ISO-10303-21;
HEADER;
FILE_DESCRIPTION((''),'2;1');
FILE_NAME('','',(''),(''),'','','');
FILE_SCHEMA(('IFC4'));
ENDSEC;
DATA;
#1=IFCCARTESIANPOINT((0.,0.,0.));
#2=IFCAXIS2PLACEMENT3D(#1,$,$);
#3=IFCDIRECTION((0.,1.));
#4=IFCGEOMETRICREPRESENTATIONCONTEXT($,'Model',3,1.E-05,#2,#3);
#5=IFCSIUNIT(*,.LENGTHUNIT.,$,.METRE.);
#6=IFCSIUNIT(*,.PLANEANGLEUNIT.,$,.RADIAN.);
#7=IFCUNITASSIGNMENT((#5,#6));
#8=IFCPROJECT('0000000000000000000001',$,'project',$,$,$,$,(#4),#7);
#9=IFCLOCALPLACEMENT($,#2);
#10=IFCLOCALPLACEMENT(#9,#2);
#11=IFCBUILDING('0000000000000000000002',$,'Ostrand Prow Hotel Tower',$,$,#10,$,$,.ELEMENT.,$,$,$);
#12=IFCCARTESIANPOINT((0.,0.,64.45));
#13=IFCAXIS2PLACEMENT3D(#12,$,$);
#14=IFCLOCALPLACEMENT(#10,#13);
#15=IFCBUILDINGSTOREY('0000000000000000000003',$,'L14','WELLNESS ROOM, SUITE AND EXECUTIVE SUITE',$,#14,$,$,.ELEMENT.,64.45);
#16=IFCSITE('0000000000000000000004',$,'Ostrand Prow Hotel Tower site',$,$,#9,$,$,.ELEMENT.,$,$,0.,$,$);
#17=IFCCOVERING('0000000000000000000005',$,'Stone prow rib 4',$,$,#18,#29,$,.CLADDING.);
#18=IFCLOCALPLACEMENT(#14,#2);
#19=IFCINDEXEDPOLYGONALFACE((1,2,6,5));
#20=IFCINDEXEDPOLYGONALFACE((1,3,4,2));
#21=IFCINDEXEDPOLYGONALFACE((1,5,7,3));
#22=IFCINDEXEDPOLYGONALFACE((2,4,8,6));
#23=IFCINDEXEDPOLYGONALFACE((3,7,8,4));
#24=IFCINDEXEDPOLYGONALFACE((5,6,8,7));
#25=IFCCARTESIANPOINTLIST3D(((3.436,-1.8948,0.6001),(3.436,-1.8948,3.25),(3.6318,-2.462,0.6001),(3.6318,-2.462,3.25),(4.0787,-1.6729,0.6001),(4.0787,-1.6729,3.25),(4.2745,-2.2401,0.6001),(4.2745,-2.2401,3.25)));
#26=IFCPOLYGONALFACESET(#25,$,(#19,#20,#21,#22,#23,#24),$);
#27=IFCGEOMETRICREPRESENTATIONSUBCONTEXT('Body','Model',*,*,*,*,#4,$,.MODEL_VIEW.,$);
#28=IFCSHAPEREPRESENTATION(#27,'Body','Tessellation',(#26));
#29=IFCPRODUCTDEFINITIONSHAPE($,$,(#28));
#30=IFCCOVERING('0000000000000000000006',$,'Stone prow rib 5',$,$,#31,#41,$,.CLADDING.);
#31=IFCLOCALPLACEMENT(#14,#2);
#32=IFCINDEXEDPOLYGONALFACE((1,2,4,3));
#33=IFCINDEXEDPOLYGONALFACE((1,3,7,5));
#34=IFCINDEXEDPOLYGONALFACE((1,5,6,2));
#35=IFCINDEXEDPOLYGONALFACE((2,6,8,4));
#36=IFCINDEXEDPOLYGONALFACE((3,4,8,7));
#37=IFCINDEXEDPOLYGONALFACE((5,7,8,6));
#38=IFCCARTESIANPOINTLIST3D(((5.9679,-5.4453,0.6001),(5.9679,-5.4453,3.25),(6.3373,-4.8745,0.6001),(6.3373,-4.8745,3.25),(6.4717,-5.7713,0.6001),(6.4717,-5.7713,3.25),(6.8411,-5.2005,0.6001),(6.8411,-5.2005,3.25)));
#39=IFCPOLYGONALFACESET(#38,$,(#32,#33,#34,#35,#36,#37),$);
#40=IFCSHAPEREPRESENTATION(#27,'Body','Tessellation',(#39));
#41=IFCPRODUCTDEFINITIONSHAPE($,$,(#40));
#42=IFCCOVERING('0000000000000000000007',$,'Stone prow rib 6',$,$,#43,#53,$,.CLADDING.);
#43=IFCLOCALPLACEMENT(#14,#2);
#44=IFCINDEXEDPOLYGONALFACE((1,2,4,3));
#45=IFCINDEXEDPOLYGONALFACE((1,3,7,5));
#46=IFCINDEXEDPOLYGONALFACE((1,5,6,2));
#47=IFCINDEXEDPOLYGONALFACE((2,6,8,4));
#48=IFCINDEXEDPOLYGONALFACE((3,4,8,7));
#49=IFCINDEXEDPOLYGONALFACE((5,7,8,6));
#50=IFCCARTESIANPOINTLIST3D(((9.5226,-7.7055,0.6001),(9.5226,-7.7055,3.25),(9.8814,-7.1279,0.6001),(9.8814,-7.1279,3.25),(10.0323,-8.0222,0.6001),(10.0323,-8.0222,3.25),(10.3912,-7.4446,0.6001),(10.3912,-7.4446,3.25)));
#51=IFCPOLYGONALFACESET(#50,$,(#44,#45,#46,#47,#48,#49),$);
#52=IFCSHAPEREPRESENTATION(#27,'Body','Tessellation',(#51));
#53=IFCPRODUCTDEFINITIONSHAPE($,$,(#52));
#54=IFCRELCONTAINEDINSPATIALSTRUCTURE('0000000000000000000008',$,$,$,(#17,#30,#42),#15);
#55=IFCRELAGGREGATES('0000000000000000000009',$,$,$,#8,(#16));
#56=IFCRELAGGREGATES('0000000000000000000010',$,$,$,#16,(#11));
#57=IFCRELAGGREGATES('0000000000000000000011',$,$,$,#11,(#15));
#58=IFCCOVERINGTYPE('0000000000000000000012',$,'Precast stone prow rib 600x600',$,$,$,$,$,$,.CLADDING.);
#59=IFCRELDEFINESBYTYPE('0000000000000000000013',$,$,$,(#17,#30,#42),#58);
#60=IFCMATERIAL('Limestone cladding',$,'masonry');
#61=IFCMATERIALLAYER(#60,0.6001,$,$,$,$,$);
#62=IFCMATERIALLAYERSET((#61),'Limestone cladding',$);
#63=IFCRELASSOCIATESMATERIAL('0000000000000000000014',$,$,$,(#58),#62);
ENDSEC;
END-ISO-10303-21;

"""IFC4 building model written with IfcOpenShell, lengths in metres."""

from ifc_helpers import new_model, si_unit, direction, frame, frame_2d, origin, place, context, subcontext, project, spatial, rectangle, extrude, material, layer, layer_set, type_object, element, save


model = new_model("IFC4")

# Units and contexts
model_context = context("Model", 3, precision=1e-05, world=origin(), true_north=direction((0.0, 1.0)))
body_context = subcontext(model_context, "Body", "Model", "MODEL_VIEW")
ifc_project = project(units=[si_unit("LENGTHUNIT", "METRE"), si_unit("PLANEANGLEUNIT", "RADIAN")], contexts=[model_context])

# Site, building, storey
site_placement = place(None, origin())
site = spatial("IfcSite", under=ifc_project, at=site_placement, Name="Ostrand Prow Hotel Tower site", CompositionType="ELEMENT", RefElevation=0.0)
building_placement = place(site_placement, origin())
building = spatial("IfcBuilding", under=site, at=building_placement, Name="Ostrand Prow Hotel Tower", CompositionType="ELEMENT")
storey_placement = place(building_placement, frame((0.0, 0.0, 64.45)))
storey = spatial("IfcBuildingStorey", under=building, at=storey_placement, Name="L14", Description="WELLNESS ROOM, SUITE AND EXECUTIVE SUITE", CompositionType="ELEMENT", Elevation=64.45)

# Coverings
ifc_material_1 = material(Name="Limestone cladding", Category="masonry")
ifc_layer_1 = layer(ifc_material_1, 0.6001)
ifc_layer_set_1 = layer_set([ifc_layer_1], Name="Limestone cladding")
covering_type_1 = type_object("IfcCoveringType", Name="Precast stone prow rib 600x600", PredefinedType="CLADDING", material=ifc_layer_set_1)
for number, where, z_axis, x_axis, name in (
    (1, (4.1765, -1.9565, 0.6001), (0.0, 0.0, 1.0), (-0.945255, -0.326334, 0.0), "Stone prow rib 4"),
    (2, (6.5891, -5.0376, 0.6001), (0.0, 0.0, 1.0), (-0.543296, -0.839541, 0.0), "Stone prow rib 5"),
    (3, (10.1362, -7.2864, 0.6001), (0.0, 0.0, 1.0), (-0.527738, -0.849407, 0.0), "Stone prow rib 6"),
):
    element("IfcCovering", number, at=place(storey_placement, frame(where, z_axis=z_axis, x_axis=x_axis)), inside=storey, type_object=covering_type_1, Name=name, PredefinedType="CLADDING", context=body_context, shape_type="SweptSolid", body=[
        extrude(rectangle(XDim=0.6799, YDim=0.6001, at=frame_2d((0.3398, 0.0))), origin(), (0.0, 0.0, 1.0), 2.6499),
    ])

save(model, "model.ifc")
